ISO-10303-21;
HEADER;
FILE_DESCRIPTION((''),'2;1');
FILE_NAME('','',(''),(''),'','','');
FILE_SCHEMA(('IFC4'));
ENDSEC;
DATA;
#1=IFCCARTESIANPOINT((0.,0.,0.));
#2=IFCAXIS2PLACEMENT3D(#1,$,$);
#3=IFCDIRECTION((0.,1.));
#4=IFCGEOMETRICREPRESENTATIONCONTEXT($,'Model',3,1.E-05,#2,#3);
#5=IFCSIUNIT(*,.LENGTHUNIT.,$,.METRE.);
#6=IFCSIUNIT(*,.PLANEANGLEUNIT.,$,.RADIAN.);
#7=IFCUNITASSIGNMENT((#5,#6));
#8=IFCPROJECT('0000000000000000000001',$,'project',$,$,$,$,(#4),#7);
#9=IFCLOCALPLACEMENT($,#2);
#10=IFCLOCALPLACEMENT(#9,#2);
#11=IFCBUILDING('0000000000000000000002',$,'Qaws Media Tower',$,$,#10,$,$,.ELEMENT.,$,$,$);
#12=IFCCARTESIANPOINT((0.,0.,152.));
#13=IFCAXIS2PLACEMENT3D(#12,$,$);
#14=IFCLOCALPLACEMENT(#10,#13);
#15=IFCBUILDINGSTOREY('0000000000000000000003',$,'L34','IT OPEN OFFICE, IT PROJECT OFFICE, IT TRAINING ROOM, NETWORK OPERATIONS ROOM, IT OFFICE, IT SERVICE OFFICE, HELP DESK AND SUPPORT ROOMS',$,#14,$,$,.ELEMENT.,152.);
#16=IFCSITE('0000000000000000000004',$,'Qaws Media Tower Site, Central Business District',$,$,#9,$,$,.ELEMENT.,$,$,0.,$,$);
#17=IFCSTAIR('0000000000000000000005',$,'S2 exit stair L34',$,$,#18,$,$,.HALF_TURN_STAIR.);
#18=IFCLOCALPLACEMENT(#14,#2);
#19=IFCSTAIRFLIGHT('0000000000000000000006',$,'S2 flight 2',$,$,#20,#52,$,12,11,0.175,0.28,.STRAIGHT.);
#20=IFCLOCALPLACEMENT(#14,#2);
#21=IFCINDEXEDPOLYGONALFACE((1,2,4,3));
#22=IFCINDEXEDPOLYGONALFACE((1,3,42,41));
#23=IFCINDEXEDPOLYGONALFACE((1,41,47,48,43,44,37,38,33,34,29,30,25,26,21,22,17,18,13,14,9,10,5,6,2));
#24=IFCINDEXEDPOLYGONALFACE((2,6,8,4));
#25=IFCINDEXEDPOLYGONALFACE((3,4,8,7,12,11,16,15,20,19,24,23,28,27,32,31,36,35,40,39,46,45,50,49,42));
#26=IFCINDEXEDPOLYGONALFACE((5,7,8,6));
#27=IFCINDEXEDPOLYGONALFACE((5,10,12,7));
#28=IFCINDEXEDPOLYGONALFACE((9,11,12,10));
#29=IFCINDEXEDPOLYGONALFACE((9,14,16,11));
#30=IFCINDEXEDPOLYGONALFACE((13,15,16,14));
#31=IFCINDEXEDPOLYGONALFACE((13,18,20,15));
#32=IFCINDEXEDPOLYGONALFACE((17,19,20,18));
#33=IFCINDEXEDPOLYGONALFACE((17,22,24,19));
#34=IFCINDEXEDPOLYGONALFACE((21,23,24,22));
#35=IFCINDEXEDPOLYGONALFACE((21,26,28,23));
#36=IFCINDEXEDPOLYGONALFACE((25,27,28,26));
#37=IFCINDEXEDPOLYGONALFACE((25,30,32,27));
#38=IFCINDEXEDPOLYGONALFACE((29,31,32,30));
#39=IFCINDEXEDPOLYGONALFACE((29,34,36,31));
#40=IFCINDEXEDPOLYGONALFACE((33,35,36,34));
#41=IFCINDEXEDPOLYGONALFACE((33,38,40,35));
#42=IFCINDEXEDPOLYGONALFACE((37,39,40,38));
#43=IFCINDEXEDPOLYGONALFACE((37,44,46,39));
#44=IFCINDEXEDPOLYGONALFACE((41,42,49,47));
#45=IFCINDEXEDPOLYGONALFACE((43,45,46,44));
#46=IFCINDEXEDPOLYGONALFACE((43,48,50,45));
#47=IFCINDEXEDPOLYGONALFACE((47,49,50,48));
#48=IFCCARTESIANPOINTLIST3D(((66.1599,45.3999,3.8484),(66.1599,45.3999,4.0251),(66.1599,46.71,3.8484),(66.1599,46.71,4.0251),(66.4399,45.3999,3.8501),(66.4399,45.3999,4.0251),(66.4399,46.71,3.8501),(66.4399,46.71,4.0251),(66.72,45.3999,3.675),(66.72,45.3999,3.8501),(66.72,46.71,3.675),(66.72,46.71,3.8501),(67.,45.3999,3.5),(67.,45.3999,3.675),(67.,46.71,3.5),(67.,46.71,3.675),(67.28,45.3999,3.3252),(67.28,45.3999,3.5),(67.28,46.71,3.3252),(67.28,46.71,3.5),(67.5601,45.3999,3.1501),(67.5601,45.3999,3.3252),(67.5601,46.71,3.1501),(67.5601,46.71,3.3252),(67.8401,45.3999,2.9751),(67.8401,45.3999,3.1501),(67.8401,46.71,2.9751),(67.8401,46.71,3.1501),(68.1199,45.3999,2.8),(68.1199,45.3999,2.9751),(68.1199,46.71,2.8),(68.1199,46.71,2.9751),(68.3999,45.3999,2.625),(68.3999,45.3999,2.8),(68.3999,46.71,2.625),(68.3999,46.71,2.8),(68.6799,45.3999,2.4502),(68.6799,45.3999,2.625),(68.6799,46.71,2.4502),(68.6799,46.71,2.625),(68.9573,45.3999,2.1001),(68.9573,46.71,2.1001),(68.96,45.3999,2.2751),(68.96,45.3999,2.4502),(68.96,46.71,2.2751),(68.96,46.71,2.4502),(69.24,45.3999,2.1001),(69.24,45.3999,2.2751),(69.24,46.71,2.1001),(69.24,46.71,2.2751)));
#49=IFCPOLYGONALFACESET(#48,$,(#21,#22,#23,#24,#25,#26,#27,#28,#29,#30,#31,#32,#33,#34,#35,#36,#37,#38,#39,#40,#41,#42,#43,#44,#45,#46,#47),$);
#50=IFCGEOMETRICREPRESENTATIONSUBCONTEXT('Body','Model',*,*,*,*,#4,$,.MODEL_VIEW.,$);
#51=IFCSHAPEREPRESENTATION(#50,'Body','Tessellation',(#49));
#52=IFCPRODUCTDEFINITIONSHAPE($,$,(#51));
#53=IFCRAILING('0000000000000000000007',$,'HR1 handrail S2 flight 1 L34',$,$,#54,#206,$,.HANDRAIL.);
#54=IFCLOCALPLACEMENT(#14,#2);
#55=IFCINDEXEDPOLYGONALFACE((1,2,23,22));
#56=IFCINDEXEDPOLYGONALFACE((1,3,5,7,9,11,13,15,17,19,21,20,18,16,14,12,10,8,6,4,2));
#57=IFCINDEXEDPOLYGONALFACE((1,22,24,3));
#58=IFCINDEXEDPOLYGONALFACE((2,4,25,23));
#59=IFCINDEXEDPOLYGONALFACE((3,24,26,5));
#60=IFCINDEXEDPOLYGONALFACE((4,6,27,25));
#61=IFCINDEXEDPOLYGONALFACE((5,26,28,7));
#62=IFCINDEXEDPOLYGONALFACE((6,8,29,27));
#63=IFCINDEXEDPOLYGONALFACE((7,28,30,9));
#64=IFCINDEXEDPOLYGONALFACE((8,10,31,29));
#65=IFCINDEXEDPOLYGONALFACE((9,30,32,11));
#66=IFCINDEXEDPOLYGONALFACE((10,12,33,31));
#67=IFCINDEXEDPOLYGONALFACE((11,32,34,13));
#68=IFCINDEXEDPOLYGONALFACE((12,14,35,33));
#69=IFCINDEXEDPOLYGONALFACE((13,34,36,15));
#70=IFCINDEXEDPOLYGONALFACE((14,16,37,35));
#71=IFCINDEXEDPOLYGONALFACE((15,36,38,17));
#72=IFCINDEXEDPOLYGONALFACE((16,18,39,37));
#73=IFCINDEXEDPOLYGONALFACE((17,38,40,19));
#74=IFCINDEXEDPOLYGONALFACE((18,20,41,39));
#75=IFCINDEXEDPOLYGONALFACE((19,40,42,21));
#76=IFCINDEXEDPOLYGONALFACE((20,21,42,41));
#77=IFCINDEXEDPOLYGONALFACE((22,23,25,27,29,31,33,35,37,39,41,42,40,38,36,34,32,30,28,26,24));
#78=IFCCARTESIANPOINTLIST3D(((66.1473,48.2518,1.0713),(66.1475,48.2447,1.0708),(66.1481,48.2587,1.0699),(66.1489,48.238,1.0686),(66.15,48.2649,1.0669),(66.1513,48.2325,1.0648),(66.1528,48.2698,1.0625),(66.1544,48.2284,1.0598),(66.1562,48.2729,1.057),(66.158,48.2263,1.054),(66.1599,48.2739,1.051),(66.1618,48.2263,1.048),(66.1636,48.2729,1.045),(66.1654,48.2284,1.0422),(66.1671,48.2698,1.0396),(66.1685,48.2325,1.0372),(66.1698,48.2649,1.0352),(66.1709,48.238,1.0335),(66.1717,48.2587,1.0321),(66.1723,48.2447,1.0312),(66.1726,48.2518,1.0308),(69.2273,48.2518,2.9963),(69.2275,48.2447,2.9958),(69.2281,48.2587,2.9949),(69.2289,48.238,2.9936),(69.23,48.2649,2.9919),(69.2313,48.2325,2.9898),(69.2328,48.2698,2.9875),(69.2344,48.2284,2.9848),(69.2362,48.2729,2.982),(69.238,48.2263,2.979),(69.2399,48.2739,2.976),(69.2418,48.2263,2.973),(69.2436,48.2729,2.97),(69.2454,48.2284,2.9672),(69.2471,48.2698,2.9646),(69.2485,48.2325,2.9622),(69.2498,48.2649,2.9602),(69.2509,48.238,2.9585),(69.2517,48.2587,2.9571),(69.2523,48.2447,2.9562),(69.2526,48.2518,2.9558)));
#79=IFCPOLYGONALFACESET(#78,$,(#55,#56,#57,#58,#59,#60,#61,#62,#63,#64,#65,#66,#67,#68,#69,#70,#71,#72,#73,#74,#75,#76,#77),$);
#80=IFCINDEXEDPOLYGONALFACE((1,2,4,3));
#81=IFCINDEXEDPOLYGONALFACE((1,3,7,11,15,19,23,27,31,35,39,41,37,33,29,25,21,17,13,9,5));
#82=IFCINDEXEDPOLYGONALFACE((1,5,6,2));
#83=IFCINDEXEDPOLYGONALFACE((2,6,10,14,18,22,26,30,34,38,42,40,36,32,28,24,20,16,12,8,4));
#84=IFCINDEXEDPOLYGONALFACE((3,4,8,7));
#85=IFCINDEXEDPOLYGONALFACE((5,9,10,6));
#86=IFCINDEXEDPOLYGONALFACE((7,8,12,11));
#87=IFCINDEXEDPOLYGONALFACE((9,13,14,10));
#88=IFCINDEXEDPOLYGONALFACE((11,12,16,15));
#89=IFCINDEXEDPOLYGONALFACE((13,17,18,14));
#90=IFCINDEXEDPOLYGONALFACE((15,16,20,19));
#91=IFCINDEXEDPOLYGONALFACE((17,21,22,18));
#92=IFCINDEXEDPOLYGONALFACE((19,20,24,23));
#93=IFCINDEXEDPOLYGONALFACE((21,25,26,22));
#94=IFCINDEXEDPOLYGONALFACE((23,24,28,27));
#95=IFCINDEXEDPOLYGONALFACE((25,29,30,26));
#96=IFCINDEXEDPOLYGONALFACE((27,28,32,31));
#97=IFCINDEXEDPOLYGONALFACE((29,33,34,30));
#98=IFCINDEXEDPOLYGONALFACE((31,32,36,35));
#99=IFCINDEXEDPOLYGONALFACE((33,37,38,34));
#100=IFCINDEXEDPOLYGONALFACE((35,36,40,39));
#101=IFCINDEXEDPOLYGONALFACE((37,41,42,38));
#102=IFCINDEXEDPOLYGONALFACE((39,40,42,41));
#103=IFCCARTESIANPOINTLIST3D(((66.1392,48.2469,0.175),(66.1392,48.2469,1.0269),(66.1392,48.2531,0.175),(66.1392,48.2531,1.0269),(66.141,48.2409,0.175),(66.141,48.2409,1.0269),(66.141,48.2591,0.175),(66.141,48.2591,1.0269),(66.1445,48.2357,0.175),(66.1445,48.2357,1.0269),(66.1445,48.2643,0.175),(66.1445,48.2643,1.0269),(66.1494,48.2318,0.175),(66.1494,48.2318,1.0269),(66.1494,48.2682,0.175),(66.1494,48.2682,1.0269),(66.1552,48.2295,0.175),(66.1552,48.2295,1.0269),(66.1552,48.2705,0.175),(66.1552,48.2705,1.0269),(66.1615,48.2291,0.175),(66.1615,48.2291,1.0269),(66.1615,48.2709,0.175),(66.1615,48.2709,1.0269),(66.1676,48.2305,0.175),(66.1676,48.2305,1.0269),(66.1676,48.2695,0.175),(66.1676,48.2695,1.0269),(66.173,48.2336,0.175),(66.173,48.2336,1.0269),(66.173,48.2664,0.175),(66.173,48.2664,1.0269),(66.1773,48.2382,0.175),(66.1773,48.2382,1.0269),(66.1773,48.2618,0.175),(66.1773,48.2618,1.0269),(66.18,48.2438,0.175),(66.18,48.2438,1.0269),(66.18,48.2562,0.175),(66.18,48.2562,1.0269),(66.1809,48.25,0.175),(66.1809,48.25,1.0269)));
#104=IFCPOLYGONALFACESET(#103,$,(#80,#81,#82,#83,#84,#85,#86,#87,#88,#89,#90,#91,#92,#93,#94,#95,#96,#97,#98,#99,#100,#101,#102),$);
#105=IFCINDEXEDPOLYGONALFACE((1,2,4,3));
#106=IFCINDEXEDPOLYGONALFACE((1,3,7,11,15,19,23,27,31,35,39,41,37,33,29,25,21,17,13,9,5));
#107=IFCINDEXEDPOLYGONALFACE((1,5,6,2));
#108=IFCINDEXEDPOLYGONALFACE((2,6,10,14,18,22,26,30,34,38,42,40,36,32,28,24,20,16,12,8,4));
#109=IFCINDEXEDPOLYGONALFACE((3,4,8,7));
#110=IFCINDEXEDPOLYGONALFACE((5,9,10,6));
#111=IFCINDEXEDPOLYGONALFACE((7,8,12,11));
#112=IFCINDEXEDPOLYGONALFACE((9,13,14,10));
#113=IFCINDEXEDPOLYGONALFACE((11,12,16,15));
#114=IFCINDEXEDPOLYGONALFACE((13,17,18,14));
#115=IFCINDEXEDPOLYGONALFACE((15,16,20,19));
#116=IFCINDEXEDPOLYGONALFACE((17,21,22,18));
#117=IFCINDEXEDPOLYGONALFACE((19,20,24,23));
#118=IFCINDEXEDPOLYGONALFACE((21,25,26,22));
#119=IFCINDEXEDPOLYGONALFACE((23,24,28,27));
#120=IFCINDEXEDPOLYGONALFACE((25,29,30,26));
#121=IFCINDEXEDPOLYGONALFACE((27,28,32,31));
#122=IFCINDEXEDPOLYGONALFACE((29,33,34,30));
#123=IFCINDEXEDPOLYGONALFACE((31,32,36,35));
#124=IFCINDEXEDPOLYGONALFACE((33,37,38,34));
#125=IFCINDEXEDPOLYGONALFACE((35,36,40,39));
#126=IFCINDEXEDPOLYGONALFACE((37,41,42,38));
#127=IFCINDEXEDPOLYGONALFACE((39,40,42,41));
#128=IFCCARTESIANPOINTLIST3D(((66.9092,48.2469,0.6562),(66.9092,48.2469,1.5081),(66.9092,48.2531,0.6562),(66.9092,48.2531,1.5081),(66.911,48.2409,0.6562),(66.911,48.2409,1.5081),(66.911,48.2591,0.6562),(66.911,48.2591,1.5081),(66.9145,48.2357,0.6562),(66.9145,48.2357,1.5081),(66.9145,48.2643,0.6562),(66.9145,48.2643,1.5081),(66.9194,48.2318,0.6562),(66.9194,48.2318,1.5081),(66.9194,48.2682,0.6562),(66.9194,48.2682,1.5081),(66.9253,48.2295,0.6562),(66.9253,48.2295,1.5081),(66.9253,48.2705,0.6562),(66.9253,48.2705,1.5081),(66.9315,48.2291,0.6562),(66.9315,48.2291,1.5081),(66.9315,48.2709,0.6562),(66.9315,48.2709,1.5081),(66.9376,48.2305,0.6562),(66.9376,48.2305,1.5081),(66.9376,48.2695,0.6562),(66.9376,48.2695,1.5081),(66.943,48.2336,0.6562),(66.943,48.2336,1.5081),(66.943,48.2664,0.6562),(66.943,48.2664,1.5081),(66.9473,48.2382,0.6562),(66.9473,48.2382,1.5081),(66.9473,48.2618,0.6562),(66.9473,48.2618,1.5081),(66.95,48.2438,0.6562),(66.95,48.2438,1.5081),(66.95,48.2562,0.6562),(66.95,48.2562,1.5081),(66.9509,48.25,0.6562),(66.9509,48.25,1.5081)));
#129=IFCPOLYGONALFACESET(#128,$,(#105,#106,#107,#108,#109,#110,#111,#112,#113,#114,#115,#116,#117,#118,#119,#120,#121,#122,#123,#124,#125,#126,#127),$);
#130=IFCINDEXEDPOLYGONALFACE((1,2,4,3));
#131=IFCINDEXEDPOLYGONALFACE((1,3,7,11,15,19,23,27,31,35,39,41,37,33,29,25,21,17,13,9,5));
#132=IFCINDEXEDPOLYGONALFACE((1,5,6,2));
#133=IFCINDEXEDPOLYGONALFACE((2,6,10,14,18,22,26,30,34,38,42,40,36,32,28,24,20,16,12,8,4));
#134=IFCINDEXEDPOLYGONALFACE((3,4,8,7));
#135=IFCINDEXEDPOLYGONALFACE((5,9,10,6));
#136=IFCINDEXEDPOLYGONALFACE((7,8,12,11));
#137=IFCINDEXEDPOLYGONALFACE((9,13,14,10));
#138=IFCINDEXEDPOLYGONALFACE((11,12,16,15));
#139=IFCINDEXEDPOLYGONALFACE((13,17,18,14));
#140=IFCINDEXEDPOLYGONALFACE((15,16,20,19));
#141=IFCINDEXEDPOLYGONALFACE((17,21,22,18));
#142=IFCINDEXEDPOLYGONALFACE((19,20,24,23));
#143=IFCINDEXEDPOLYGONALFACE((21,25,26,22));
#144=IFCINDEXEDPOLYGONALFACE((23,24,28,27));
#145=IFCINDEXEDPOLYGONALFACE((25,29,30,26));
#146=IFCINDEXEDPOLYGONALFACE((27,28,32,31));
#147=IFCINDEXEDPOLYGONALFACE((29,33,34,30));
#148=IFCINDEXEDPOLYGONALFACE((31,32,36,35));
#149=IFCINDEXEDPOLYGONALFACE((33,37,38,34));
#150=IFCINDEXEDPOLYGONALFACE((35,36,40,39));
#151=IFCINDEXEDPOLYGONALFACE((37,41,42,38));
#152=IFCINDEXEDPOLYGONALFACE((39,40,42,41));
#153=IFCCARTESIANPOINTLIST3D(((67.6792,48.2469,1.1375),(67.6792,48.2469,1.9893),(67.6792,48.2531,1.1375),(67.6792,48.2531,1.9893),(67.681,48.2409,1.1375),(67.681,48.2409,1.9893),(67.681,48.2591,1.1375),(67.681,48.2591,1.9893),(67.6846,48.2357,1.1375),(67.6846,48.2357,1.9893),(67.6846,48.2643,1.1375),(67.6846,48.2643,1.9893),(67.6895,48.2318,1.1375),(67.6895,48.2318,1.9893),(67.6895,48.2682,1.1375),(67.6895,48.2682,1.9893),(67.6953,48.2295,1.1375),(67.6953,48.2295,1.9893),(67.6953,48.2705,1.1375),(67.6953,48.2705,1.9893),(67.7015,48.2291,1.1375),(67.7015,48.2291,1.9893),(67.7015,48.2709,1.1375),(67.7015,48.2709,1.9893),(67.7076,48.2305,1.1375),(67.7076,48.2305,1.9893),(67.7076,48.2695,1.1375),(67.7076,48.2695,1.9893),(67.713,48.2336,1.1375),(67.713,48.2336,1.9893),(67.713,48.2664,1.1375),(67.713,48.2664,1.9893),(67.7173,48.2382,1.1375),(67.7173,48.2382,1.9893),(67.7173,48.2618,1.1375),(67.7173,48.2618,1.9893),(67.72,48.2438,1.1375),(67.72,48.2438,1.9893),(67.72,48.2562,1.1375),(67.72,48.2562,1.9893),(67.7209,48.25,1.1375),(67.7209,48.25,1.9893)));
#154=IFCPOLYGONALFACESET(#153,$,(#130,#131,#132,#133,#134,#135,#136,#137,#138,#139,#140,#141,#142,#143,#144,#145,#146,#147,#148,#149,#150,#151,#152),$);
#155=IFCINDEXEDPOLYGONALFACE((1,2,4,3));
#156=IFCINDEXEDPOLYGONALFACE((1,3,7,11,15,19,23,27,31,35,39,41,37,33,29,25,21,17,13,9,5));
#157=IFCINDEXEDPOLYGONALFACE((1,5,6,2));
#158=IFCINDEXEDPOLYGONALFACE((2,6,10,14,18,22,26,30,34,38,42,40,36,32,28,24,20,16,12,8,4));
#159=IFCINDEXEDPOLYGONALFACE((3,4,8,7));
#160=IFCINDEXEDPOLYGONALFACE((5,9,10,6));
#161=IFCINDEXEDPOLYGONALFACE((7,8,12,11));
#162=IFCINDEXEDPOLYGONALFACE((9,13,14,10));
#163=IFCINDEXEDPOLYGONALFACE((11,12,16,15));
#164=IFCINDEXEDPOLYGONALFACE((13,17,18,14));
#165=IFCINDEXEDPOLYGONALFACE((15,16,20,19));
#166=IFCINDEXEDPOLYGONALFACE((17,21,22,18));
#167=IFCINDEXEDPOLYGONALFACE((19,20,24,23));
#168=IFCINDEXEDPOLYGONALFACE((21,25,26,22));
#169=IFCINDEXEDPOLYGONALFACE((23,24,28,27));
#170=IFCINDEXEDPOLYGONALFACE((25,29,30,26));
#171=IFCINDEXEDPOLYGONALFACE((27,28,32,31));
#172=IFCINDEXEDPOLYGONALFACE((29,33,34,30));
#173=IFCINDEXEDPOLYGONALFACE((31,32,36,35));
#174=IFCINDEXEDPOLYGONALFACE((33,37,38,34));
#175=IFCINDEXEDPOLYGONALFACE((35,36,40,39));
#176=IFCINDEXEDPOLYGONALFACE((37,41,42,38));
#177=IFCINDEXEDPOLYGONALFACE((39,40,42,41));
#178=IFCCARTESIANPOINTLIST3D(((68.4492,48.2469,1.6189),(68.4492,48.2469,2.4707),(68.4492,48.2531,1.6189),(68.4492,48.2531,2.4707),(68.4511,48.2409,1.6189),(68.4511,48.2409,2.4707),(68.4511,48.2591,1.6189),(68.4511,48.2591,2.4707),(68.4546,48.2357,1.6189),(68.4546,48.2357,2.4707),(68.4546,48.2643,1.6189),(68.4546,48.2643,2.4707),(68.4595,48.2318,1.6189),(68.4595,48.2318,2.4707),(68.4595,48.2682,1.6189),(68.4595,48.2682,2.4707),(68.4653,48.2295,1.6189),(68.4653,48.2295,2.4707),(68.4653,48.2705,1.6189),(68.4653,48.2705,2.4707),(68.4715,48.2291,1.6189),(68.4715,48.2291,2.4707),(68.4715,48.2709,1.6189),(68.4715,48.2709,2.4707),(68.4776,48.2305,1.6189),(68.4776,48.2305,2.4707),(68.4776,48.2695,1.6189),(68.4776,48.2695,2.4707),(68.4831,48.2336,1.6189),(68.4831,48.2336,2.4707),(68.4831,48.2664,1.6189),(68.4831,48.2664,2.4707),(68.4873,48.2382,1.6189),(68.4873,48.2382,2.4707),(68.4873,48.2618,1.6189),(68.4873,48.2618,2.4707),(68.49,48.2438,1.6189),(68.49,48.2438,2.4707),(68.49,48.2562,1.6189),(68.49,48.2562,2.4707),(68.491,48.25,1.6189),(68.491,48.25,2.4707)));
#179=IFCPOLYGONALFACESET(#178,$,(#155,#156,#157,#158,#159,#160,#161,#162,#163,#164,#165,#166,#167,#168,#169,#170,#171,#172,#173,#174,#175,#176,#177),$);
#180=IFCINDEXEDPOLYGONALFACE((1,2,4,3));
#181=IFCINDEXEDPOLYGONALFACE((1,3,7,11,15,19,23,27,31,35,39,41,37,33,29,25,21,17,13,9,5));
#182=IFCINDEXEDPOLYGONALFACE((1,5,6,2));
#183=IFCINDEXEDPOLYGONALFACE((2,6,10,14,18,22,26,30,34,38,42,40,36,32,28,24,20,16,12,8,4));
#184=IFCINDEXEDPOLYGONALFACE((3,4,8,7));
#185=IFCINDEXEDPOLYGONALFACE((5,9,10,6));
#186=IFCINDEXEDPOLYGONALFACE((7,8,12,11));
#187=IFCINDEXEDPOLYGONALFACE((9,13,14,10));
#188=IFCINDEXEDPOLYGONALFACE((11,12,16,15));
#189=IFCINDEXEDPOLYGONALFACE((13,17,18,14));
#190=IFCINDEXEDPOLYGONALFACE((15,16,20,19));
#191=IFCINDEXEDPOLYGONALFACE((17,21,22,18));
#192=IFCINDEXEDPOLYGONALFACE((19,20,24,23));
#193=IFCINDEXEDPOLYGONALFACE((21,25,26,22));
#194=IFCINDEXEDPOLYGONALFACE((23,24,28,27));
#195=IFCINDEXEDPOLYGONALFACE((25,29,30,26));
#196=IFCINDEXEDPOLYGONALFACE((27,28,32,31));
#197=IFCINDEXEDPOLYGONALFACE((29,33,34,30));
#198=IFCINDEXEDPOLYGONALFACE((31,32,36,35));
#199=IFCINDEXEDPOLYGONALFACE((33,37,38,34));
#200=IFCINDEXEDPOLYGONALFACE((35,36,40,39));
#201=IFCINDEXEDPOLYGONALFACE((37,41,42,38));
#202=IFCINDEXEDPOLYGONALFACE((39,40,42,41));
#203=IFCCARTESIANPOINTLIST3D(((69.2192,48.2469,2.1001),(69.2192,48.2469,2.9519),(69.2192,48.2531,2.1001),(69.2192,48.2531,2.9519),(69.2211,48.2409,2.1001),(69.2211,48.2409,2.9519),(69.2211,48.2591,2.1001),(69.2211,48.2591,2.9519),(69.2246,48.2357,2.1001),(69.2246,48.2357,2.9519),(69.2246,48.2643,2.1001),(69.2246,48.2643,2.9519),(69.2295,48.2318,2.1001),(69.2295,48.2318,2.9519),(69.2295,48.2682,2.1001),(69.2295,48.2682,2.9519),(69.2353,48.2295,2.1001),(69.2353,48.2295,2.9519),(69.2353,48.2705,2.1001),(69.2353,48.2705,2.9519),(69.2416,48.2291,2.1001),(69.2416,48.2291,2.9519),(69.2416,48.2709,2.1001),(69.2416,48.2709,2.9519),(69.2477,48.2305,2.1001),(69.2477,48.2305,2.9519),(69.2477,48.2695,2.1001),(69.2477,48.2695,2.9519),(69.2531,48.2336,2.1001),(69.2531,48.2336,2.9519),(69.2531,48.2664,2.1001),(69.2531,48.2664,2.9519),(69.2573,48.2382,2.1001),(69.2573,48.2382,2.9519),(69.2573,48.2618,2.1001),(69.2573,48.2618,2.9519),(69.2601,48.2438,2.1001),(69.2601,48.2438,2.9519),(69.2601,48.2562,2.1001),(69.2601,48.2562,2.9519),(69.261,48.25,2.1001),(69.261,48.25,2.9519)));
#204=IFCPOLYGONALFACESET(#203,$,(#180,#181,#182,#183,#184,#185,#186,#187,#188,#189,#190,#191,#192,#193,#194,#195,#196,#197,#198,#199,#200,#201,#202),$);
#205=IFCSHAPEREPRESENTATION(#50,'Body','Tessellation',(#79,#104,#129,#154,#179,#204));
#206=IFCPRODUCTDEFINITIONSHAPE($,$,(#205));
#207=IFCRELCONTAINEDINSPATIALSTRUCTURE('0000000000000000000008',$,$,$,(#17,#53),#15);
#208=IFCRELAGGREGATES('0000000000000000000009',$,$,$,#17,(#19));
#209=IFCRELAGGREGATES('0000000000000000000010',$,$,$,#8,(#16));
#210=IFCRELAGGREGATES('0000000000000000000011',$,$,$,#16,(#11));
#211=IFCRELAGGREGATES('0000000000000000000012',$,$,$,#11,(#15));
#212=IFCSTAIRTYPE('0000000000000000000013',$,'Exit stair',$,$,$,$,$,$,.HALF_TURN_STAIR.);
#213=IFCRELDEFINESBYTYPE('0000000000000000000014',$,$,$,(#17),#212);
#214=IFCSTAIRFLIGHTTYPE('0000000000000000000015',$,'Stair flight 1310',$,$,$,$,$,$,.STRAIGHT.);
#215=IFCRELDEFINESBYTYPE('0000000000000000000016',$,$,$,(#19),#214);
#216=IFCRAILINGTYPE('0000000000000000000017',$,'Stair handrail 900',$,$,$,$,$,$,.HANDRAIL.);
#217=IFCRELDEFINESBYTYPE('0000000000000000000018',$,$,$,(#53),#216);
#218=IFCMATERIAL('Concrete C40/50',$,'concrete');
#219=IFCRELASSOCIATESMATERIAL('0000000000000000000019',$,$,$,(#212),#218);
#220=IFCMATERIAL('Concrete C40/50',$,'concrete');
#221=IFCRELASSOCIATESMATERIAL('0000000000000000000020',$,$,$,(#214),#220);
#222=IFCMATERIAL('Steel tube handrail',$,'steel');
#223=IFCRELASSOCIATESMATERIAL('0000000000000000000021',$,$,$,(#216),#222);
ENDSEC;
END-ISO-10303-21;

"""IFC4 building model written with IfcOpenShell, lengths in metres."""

from ifc_helpers import new_model, si_unit, direction, frame, origin, origin_2d, place, context, subcontext, project, spatial, polyline, circle, outline, extrude, material, type_object, element, aggregate, save


model = new_model("IFC4")

# Units and contexts
model_context = context("Model", 3, precision=1e-05, world=origin(), true_north=direction((0.0, 1.0)))
body_context = subcontext(model_context, "Body", "Model", "MODEL_VIEW")
ifc_project = project(units=[si_unit("LENGTHUNIT", "METRE"), si_unit("PLANEANGLEUNIT", "RADIAN")], contexts=[model_context])

# Site, building, storey
site_placement = place(None, origin())
site = spatial("IfcSite", under=ifc_project, at=site_placement, Name="Qaws Media Tower Site, Central Business District", CompositionType="ELEMENT", RefElevation=0.0)
building_placement = place(site_placement, origin())
building = spatial("IfcBuilding", under=site, at=building_placement, Name="Qaws Media Tower", CompositionType="ELEMENT")
storey_placement = place(building_placement, frame((0.0, 0.0, 152.0)))
storey = spatial("IfcBuildingStorey", under=building, at=storey_placement, Name="L34", Description="IT OPEN OFFICE, IT PROJECT OFFICE, IT TRAINING ROOM, NETWORK OPERATIONS ROOM, IT OFFICE, IT SERVICE OFFICE, HELP DESK AND SUPPORT ROOMS", CompositionType="ELEMENT", Elevation=152.0)

# Stair, stair flight
ifc_material_1 = material(Name="Concrete C40/50", Category="concrete")
stair_type = type_object("IfcStairType", Name="Exit stair", PredefinedType="HALF_TURN_STAIR", material=ifc_material_1)
stair_placement = place(storey_placement, origin())
stair = element("IfcStair", 1, at=stair_placement, inside=storey, type_object=stair_type, Name="S2 exit stair L34", PredefinedType="HALF_TURN_STAIR")
ifc_material_2 = material(Name="Concrete C40/50", Category="concrete")
stair_flight_type = type_object("IfcStairFlightType", Name="Stair flight 1310", PredefinedType="STRAIGHT", material=ifc_material_2)
stair_flight_1_placement = place(storey_placement, frame((69.24, 46.0549, 2.1001), z_axis=(0.0, 0.0, 1.0), x_axis=(-1.0, 0.0, 0.0)))
stair_flight_1 = element("IfcStairFlight", 2, at=stair_flight_1_placement, type_object=stair_flight_type, Name="S2 flight 2", NumberOfRisers=12, NumberOfTreads=11, PredefinedType="STRAIGHT", RiserHeight=0.175, TreadLength=0.28, context=body_context, shape_type="SweptSolid", body=[
    extrude(outline(polyline([(0.0, 0.0), (0.0, 0.175), (0.28, 0.175), (0.28, 0.3501), (0.5601, 0.3501), (0.5601, 0.5249), (0.8401, 0.5249), (0.8401, 0.7), (1.1201, 0.7), (1.1201, 0.875), (1.3999, 0.875), (1.3999, 1.05), (1.6799, 1.05), (1.6799, 1.2251), (1.96, 1.2251), (1.96, 1.3999), (2.24, 1.3999), (2.24, 1.575), (2.52, 1.575), (2.52, 1.75), (2.8, 1.75), (2.8, 1.925), (3.0801, 1.925), (3.0801, 2.1001), (3.0801, 1.7483), (0.2827, 0.0), (0.0, 0.0)])), frame((0.0, 0.655, 0.0), z_axis=(0.0, -1.0, 0.0), x_axis=(1.0, 0.0, 0.0)), (0.0, 0.0, 1.0), 1.3101),
])
aggregate(stair, [stair_flight_1])

# Railing
ifc_material_3 = material(Name="Steel tube handrail", Category="steel")
railing_type = type_object("IfcRailingType", Name="Stair handrail 900", PredefinedType="HANDRAIL", material=ifc_material_3)
for number, where, name in (
    (3, (66.1599, 48.25, 0.175), "HR1 handrail S2 flight 1 L34"),
):
    element("IfcRailing", number, at=place(storey_placement, frame(where)), inside=storey, type_object=railing_type, Name=name, PredefinedType="HANDRAIL", context=body_context, shape_type="SweptSolid", body=[
        extrude(circle(Radius=0.0239, at=origin_2d()), frame((0.0, 0.0, 0.876), z_axis=(0.847998, 0.0, 0.529999), x_axis=(0.0, 1.0, 0.0)), (0.0, 0.0, 1.0), 3.6321),
        extrude(circle(Radius=0.021, at=origin_2d()), origin(), (0.0, 0.0, 1.0), 0.8518),
        extrude(circle(Radius=0.021, at=origin_2d()), frame((0.77, 0.0, 0.4812)), (0.0, 0.0, 1.0), 0.8518),
        extrude(circle(Radius=0.021, at=origin_2d()), frame((1.54, 0.0, 0.9624)), (0.0, 0.0, 1.0), 0.8518),
        extrude(circle(Radius=0.021, at=origin_2d()), frame((2.3101, 0.0, 1.4438)), (0.0, 0.0, 1.0), 0.8518),
        extrude(circle(Radius=0.021, at=origin_2d()), frame((3.0801, 0.0, 1.925)), (0.0, 0.0, 1.0), 0.8518),
    ])

save(model, "model.ifc")
